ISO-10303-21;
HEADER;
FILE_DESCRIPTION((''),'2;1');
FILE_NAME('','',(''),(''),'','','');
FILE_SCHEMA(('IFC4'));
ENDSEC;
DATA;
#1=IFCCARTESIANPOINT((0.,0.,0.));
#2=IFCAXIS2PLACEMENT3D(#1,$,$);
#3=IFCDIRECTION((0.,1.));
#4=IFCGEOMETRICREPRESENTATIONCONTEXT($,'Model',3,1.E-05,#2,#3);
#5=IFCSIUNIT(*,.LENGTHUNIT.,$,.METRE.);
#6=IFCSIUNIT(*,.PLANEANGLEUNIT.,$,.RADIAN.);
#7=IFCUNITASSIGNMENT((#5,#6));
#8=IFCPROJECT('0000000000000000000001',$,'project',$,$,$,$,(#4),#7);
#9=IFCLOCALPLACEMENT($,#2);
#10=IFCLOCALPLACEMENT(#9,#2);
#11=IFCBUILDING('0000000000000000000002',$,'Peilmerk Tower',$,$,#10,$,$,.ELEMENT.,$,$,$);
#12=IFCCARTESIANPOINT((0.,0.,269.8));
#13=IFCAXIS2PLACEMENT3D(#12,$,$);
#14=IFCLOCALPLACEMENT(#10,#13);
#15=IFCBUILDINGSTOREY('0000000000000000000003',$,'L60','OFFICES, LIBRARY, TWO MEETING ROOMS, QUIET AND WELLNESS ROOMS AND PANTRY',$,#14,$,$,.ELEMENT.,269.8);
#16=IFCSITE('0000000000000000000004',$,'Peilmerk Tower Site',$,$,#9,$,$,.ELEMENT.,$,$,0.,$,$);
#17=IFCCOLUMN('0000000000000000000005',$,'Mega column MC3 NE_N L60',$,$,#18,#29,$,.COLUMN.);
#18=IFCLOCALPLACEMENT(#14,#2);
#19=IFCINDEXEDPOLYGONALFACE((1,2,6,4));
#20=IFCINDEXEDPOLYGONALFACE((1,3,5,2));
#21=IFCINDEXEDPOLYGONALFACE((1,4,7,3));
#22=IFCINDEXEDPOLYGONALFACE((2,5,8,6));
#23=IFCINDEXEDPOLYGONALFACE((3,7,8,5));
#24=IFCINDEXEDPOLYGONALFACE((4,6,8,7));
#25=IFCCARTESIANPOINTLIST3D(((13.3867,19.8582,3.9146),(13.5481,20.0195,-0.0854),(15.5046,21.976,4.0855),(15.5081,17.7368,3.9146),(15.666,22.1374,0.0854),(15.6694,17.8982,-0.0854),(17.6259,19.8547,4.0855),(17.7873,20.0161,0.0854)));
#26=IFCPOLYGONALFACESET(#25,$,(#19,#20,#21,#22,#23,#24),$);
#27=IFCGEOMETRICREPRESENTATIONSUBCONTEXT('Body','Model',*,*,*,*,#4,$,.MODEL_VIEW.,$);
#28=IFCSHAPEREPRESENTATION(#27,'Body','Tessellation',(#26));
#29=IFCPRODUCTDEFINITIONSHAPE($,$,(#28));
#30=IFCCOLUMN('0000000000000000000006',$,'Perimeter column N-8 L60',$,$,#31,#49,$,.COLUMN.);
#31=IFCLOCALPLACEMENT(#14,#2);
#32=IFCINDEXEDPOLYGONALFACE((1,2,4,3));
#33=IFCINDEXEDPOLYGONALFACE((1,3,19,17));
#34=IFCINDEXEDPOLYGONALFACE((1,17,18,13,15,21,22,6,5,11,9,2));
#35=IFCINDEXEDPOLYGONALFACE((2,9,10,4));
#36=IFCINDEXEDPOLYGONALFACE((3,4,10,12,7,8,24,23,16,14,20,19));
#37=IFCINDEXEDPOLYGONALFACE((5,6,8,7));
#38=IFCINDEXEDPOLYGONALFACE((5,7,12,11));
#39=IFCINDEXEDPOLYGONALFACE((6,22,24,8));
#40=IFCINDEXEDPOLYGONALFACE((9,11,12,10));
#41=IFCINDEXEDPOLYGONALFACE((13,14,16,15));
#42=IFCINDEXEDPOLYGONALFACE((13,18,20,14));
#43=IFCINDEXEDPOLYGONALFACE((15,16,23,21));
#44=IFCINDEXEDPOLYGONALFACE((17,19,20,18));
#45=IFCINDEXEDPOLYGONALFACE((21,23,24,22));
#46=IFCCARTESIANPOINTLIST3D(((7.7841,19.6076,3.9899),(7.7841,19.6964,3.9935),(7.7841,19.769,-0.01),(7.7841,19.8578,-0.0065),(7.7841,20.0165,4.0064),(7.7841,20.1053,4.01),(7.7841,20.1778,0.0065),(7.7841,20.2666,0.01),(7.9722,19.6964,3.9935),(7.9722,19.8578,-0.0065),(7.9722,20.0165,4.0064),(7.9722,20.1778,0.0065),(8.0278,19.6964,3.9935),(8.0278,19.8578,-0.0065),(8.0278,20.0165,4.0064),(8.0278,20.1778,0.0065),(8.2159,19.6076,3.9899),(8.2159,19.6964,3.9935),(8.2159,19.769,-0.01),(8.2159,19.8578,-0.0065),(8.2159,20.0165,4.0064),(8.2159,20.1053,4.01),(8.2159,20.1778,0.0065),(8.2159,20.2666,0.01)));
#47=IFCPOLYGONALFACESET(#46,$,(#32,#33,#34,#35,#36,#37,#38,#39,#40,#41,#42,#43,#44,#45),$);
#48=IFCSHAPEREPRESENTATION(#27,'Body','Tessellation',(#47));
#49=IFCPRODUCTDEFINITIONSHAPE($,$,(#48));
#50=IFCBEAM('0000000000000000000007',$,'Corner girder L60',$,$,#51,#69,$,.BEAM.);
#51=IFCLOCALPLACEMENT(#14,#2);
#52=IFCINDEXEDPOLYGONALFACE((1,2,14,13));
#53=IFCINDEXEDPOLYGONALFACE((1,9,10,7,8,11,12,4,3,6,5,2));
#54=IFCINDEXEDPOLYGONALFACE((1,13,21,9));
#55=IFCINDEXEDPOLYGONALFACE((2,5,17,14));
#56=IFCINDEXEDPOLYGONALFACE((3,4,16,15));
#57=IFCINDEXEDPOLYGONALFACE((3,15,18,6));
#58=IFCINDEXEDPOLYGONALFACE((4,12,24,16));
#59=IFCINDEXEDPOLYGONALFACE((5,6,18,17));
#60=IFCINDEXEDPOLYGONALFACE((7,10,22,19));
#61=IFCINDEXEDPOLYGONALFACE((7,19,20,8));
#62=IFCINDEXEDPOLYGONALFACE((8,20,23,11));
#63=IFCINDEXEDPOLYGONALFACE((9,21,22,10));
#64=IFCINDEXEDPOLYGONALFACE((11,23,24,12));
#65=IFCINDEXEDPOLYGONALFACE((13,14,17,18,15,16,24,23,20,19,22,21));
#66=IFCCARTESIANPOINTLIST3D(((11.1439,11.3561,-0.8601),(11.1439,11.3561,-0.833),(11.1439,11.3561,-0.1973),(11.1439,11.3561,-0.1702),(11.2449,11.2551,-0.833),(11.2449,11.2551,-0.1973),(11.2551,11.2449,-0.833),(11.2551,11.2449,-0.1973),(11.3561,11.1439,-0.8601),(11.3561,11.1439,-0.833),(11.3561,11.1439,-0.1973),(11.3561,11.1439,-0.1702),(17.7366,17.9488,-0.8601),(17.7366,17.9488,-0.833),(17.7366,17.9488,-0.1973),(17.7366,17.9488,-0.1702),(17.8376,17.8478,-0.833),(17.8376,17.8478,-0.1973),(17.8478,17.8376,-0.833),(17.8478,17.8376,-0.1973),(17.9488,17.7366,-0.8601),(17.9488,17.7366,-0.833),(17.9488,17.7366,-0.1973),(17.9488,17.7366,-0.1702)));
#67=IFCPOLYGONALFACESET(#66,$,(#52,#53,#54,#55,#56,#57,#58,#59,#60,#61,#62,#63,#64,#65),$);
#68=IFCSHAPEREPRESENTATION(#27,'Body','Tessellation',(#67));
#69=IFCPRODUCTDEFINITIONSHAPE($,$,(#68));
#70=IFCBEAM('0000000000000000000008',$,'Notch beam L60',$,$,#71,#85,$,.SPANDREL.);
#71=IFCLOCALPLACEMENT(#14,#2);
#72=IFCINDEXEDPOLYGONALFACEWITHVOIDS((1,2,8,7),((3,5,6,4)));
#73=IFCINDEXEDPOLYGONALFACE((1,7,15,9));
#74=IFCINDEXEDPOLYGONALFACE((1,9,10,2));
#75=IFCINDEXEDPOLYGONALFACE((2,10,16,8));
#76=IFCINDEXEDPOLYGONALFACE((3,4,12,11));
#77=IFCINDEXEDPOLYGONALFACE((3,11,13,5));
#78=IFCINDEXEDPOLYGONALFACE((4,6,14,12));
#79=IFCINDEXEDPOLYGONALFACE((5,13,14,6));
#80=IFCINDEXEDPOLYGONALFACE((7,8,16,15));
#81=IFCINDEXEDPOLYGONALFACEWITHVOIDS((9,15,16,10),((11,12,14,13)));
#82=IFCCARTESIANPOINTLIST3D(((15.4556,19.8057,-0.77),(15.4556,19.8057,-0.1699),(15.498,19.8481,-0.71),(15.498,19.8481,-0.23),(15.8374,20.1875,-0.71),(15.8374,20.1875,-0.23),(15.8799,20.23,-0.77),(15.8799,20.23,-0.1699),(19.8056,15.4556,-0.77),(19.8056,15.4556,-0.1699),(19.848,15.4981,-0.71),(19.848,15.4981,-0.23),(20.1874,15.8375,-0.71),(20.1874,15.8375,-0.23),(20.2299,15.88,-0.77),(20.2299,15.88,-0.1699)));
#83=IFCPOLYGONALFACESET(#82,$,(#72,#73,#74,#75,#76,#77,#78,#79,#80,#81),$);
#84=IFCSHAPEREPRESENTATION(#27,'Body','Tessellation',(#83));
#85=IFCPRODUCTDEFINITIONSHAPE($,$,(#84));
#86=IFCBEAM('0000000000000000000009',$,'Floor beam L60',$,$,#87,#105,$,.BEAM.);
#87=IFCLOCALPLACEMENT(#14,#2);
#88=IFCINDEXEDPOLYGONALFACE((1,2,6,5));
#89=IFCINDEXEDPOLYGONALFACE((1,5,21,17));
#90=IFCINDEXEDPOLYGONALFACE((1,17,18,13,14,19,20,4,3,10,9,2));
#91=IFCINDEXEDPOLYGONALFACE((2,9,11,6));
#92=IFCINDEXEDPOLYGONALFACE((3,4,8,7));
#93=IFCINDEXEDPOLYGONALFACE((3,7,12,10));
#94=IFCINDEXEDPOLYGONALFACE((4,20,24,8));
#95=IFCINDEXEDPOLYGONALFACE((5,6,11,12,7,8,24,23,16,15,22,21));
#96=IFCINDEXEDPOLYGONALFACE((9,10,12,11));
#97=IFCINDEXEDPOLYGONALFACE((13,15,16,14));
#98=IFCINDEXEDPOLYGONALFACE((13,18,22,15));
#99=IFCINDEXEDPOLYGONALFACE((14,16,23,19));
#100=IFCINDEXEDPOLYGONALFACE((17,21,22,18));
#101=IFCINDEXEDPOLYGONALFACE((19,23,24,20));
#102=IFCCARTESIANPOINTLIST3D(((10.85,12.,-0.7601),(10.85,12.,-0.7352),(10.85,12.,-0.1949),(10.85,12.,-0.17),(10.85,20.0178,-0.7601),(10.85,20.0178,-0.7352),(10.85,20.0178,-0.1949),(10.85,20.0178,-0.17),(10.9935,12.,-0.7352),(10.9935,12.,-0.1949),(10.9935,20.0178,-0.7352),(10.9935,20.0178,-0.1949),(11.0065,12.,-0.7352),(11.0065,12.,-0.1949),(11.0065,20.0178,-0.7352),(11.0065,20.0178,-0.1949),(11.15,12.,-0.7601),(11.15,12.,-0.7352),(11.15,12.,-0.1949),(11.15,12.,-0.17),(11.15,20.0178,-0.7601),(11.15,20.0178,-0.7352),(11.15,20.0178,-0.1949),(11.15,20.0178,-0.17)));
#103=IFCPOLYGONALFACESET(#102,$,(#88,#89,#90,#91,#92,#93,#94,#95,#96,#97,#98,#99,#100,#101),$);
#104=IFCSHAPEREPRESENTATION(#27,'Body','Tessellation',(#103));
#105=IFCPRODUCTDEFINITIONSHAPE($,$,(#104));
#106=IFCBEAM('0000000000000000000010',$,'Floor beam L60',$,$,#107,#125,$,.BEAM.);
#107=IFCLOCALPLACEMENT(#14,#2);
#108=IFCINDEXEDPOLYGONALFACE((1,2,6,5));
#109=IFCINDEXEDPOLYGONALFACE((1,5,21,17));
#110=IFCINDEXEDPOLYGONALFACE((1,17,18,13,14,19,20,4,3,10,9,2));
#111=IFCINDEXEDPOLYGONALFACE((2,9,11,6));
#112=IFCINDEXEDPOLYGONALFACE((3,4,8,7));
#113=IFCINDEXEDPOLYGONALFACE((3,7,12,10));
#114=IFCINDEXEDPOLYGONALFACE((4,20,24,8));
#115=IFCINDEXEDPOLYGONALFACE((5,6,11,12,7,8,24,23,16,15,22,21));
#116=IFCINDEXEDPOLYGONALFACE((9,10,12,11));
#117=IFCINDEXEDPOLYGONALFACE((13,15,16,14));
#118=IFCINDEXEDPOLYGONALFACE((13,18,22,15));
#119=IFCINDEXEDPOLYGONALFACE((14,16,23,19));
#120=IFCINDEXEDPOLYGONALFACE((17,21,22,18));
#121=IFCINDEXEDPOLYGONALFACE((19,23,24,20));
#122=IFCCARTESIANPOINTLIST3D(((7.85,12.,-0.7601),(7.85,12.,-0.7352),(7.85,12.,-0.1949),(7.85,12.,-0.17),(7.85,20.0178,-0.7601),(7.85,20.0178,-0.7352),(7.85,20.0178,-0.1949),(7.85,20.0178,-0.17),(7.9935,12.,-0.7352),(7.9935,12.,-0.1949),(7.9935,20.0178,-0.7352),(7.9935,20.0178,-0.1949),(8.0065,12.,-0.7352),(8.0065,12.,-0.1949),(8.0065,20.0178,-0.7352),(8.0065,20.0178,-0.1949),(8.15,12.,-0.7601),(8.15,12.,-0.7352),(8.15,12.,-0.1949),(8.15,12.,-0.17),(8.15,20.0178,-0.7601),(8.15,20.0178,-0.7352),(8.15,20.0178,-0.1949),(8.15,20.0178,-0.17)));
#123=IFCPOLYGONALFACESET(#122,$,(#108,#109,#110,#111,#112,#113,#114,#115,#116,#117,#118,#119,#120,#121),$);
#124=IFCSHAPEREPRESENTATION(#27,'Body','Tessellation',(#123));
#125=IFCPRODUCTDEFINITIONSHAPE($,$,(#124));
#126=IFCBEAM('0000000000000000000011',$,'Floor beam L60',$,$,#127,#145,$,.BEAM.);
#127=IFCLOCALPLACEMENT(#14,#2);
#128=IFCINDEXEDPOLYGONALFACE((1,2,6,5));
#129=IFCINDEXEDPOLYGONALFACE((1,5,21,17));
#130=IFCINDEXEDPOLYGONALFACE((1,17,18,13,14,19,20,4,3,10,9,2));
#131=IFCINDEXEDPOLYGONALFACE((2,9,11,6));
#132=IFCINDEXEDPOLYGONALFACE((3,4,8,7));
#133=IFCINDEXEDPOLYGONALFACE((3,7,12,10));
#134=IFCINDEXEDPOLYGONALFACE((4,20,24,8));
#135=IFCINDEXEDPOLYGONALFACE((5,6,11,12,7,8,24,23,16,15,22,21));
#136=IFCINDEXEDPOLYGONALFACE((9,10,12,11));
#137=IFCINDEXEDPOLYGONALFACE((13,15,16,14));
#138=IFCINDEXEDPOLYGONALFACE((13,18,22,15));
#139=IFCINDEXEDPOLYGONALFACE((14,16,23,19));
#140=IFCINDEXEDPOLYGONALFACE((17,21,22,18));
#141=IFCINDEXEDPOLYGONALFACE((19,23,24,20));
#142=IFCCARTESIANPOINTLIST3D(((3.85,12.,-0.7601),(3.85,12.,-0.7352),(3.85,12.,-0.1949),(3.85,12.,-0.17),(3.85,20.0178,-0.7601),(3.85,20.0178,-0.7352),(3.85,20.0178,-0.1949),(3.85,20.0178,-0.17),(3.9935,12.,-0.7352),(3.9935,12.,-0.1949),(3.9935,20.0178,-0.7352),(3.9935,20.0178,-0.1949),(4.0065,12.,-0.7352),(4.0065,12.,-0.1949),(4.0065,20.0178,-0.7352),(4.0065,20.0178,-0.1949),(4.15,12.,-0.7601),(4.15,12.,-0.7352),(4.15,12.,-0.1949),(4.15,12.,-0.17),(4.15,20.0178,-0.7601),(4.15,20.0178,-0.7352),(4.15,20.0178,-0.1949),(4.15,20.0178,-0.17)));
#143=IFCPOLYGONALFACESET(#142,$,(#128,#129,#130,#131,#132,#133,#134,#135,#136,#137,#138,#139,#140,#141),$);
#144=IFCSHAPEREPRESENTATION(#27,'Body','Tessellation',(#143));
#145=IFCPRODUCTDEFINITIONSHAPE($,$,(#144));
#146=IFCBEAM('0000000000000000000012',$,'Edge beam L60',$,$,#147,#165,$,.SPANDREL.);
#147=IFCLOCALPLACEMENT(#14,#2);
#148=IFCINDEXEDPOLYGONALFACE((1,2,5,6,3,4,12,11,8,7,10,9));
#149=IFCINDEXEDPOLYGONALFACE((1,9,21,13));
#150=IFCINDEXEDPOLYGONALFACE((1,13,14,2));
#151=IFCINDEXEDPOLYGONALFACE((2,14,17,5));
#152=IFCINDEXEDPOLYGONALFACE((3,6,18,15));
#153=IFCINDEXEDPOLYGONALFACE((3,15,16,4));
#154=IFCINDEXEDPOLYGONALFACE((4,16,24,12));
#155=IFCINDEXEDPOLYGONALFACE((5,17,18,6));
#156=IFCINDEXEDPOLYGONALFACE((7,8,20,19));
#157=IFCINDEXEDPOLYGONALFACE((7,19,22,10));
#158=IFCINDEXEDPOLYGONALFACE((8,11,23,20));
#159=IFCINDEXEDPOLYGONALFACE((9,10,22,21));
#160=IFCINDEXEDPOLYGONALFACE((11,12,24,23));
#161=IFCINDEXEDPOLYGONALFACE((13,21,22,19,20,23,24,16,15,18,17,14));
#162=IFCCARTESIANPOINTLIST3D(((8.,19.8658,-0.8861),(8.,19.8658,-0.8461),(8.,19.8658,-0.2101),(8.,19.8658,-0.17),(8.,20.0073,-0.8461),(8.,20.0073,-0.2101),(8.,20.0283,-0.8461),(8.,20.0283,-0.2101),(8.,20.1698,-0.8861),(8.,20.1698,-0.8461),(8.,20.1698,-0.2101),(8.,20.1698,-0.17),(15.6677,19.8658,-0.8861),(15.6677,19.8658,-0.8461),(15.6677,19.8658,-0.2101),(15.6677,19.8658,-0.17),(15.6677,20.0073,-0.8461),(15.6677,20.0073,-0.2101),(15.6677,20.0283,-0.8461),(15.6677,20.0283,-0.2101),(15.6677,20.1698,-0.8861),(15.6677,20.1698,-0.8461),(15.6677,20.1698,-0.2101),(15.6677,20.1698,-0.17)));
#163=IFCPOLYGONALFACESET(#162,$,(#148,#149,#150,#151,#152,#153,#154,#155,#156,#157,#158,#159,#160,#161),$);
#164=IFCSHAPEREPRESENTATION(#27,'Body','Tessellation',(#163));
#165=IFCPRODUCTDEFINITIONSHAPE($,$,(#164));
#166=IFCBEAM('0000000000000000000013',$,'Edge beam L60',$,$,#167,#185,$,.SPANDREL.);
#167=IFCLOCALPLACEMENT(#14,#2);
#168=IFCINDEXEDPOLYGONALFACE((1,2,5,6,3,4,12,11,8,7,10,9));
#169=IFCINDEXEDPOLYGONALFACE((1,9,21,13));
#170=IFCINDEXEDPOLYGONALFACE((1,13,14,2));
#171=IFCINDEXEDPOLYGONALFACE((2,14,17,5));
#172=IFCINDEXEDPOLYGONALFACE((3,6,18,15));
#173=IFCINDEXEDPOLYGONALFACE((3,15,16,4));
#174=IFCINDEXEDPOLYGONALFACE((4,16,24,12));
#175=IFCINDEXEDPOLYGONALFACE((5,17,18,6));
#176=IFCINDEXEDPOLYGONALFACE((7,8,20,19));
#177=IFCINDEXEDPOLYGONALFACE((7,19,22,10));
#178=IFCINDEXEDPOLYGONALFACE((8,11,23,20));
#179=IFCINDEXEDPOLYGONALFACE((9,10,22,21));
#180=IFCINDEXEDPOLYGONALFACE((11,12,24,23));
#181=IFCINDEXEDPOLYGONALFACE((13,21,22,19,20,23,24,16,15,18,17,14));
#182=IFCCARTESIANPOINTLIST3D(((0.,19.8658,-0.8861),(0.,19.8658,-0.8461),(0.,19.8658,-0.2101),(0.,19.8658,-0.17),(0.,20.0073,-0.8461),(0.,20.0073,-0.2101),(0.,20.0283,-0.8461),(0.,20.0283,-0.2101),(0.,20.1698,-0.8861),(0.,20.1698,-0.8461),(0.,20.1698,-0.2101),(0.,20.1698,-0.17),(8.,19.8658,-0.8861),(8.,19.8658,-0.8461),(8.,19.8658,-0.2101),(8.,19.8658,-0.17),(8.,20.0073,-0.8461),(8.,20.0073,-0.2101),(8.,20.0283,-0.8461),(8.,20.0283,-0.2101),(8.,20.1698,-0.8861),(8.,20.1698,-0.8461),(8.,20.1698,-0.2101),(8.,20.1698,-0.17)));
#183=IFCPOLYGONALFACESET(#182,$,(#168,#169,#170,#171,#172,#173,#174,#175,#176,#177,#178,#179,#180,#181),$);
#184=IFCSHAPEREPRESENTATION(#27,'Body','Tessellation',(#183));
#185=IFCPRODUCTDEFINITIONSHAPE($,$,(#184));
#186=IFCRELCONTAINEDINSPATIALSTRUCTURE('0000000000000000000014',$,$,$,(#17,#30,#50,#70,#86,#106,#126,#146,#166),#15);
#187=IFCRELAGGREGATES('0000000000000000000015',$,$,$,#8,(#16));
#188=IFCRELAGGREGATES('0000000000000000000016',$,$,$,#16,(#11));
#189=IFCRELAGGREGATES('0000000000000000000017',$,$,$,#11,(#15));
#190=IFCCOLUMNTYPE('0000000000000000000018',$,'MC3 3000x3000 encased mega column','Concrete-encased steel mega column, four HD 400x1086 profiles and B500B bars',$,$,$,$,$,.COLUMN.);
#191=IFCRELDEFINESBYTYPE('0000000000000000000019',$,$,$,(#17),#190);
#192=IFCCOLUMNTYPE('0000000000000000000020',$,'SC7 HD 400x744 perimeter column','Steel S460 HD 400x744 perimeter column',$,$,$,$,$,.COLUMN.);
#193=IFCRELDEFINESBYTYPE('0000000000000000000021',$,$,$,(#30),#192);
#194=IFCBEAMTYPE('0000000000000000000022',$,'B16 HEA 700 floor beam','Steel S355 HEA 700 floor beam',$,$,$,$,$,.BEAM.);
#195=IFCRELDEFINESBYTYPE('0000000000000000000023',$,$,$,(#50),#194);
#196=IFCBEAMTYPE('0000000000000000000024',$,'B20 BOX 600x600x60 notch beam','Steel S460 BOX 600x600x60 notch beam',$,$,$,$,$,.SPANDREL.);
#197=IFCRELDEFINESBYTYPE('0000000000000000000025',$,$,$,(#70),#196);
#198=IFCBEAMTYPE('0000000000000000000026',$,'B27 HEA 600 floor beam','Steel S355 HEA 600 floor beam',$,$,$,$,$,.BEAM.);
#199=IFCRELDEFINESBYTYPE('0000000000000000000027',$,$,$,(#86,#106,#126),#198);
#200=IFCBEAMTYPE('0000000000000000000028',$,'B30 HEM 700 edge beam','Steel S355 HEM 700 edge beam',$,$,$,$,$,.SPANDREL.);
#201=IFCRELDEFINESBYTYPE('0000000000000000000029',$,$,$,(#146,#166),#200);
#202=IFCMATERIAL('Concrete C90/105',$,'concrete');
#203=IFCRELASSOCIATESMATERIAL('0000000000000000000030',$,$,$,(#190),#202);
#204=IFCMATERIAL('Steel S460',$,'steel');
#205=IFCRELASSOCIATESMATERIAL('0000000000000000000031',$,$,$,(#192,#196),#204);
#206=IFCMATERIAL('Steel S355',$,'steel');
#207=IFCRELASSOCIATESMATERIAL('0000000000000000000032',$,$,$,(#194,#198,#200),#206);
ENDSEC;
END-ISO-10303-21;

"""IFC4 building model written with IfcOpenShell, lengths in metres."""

from ifc_helpers import new_model, si_unit, direction, frame, origin, origin_2d, place, context, subcontext, project, spatial, rectangle, hollow_rectangle, i_section, extrude, material, material_profile, profile_set, type_object, element, save


model = new_model("IFC4")

# Units and contexts
model_context = context("Model", 3, precision=1e-05, world=origin(), true_north=direction((0.0, 1.0)))
body_context = subcontext(model_context, "Body", "Model", "MODEL_VIEW")
ifc_project = project(units=[si_unit("LENGTHUNIT", "METRE"), si_unit("PLANEANGLEUNIT", "RADIAN")], contexts=[model_context])

# Site, building, storey
site_placement = place(None, origin())
site = spatial("IfcSite", under=ifc_project, at=site_placement, Name="Peilmerk Tower Site", CompositionType="ELEMENT", RefElevation=0.0)
building_placement = place(site_placement, origin())
building = spatial("IfcBuilding", under=site, at=building_placement, Name="Peilmerk Tower", CompositionType="ELEMENT")
storey_placement = place(building_placement, frame((0.0, 0.0, 269.8)))
storey = spatial("IfcBuildingStorey", under=building, at=storey_placement, Name="L60", Description="OFFICES, LIBRARY, TWO MEETING ROOMS, QUIET AND WELLNESS ROOMS AND PANTRY", CompositionType="ELEMENT", Elevation=269.8)

# Columns
ifc_material_1 = material(Name="Concrete C90/105", Category="concrete")
ifc_material_profile_1 = material_profile(ifc_material_1, rectangle(XDim=3.0, YDim=3.0, at=origin_2d()), Name="RC 3000x3000")
ifc_profile_set_1 = profile_set([ifc_material_profile_1], Name="Concrete C90/105")
column_type_1 = type_object("IfcColumnType", Name="MC3 3000x3000 encased mega column", Description="Concrete-encased steel mega column, four HD 400x1086 profiles and B500B bars", PredefinedType="COLUMN", material=ifc_profile_set_1)
column_1_placement = place(storey_placement, frame((15.6677, 20.0178, 0.0), z_axis=(-0.040279, -0.040279, 0.998376), x_axis=(0.707107, -0.707107, 0.0)))
element("IfcColumn", 1, at=column_1_placement, inside=storey, type_object=column_type_1, Name="Mega column MC3 NE_N L60", PredefinedType="COLUMN", context=body_context, shape_type="SweptSolid", body=[
    extrude(rectangle(XDim=3.0, YDim=3.0, at=origin_2d()), origin(), (0.0, 0.0, 1.0), 4.0066),
])
ifc_material_2 = material(Name="Steel S460", Category="steel")
ifc_material_profile_2 = material_profile(ifc_material_2, i_section(OverallWidth=0.4319, OverallDepth=0.498, WebThickness=0.0557, FlangeThickness=0.0889, at=origin_2d()), Name="HD 400x744")
ifc_profile_set_2 = profile_set([ifc_material_profile_2], Name="Steel S460")
column_type_2 = type_object("IfcColumnType", Name="SC7 HD 400x744 perimeter column", Description="Steel S460 HD 400x744 perimeter column", PredefinedType="COLUMN", material=ifc_profile_set_2)
column_2_placement = place(storey_placement, frame((8.0, 20.0178, 0.0), z_axis=(0.0, -0.040311, 0.999187), x_axis=(1.0, 0.0, 0.0)))
element("IfcColumn", 2, at=column_2_placement, inside=storey, type_object=column_type_2, Name="Perimeter column N-8 L60", PredefinedType="COLUMN", context=body_context, shape_type="SweptSolid", body=[
    extrude(i_section(OverallWidth=0.4319, OverallDepth=0.498, WebThickness=0.0557, FlangeThickness=0.0889, at=origin_2d()), origin(), (0.0, 0.0, 1.0), 4.0032),
])

# Beams
ifc_material_3 = material(Name="Steel S355", Category="steel")
ifc_material_profile_3 = material_profile(ifc_material_3, i_section(OverallWidth=0.3, OverallDepth=0.6899, WebThickness=0.0144, FlangeThickness=0.0271, at=origin_2d()), Name="HEA 700")
ifc_profile_set_3 = profile_set([ifc_material_profile_3], Name="Steel S355")
beam_type_1 = type_object("IfcBeamType", Name="B16 HEA 700 floor beam", Description="Steel S355 HEA 700 floor beam", PredefinedType="BEAM", material=ifc_profile_set_3)
beam_1_placement = place(storey_placement, frame((11.25, 11.25, -0.5151), z_axis=(0.707107, 0.707107, 0.0), x_axis=(-0.707107, 0.707107, 0.0)))
element("IfcBeam", 3, at=beam_1_placement, inside=storey, type_object=beam_type_1, Name="Corner girder L60", PredefinedType="BEAM", context=body_context, shape_type="SweptSolid", body=[
    extrude(i_section(OverallWidth=0.3, OverallDepth=0.6899, WebThickness=0.0144, FlangeThickness=0.0271, at=origin_2d()), origin(), (0.0, 0.0, 1.0), 9.3235),
])
ifc_material_profile_4 = material_profile(ifc_material_2, hollow_rectangle(XDim=0.6001, YDim=0.6001, WallThickness=0.0601, at=origin_2d()), Name="BOX 600x600x60")
ifc_profile_set_4 = profile_set([ifc_material_profile_4], Name="Steel S460")
beam_type_2 = type_object("IfcBeamType", Name="B20 BOX 600x600x60 notch beam", Description="Steel S460 BOX 600x600x60 notch beam", PredefinedType="SPANDREL", material=ifc_profile_set_4)
beam_2_placement = place(storey_placement, frame((15.6677, 20.0178, -0.47), z_axis=(0.707107, -0.707107, 0.0), x_axis=(0.707107, 0.707107, 0.0)))
element("IfcBeam", 4, at=beam_2_placement, inside=storey, type_object=beam_type_2, Name="Notch beam L60", PredefinedType="SPANDREL", context=body_context, shape_type="SweptSolid", body=[
    extrude(hollow_rectangle(XDim=0.6001, YDim=0.6001, WallThickness=0.0601, at=origin_2d()), origin(), (0.0, 0.0, 1.0), 6.1519),
])
ifc_material_profile_5 = material_profile(ifc_material_3, i_section(OverallWidth=0.3, OverallDepth=0.5901, WebThickness=0.0129, FlangeThickness=0.0249, at=origin_2d()), Name="HEA 600")
ifc_profile_set_5 = profile_set([ifc_material_profile_5], Name="Steel S355")
beam_type_3 = type_object("IfcBeamType", Name="B27 HEA 600 floor beam", Description="Steel S355 HEA 600 floor beam", PredefinedType="BEAM", material=ifc_profile_set_5)
for number, where, z_axis, x_axis, name in (
    (5, (11.0, 12.0, -0.4651), (0.0, 1.0, 0.0), (-1.0, 0.0, 0.0), "Floor beam L60"),
    (6, (8.0, 12.0, -0.4651), (0.0, 1.0, 0.0), (-1.0, 0.0, 0.0), "Floor beam L60"),
    (7, (4.0, 12.0, -0.4651), (0.0, 1.0, 0.0), (-1.0, 0.0, 0.0), "Floor beam L60"),
):
    element("IfcBeam", number, at=place(storey_placement, frame(where, z_axis=z_axis, x_axis=x_axis)), inside=storey, type_object=beam_type_3, Name=name, PredefinedType="BEAM", context=body_context, shape_type="SweptSolid", body=[
        extrude(i_section(OverallWidth=0.3, OverallDepth=0.5901, WebThickness=0.0129, FlangeThickness=0.0249, at=origin_2d()), origin(), (0.0, 0.0, 1.0), 8.0178),
    ])
ifc_material_profile_6 = material_profile(ifc_material_3, i_section(OverallWidth=0.304, OverallDepth=0.7161, WebThickness=0.021, FlangeThickness=0.04, at=origin_2d()), Name="HEM 700")
ifc_profile_set_6 = profile_set([ifc_material_profile_6], Name="Steel S355")
beam_type_4 = type_object("IfcBeamType", Name="B30 HEM 700 edge beam", Description="Steel S355 HEM 700 edge beam", PredefinedType="SPANDREL", material=ifc_profile_set_6)
beam_3_placement = place(storey_placement, frame((15.6677, 20.0178, -0.5281), z_axis=(-1.0, 0.0, 0.0), x_axis=(0.0, -1.0, 0.0)))
element("IfcBeam", 8, at=beam_3_placement, inside=storey, type_object=beam_type_4, Name="Edge beam L60", PredefinedType="SPANDREL", context=body_context, shape_type="SweptSolid", body=[
    extrude(i_section(OverallWidth=0.304, OverallDepth=0.7161, WebThickness=0.021, FlangeThickness=0.04, at=origin_2d()), origin(), (0.0, 0.0, 1.0), 7.6677),
])
beam_4_placement = place(storey_placement, frame((8.0, 20.0178, -0.5281), z_axis=(-1.0, 0.0, 0.0), x_axis=(0.0, -1.0, 0.0)))
element("IfcBeam", 9, at=beam_4_placement, inside=storey, type_object=beam_type_4, Name="Edge beam L60", PredefinedType="SPANDREL", context=body_context, shape_type="SweptSolid", body=[
    extrude(i_section(OverallWidth=0.304, OverallDepth=0.7161, WebThickness=0.021, FlangeThickness=0.04, at=origin_2d()), origin(), (0.0, 0.0, 1.0), 8.0),
])

save(model, "model.ifc")
